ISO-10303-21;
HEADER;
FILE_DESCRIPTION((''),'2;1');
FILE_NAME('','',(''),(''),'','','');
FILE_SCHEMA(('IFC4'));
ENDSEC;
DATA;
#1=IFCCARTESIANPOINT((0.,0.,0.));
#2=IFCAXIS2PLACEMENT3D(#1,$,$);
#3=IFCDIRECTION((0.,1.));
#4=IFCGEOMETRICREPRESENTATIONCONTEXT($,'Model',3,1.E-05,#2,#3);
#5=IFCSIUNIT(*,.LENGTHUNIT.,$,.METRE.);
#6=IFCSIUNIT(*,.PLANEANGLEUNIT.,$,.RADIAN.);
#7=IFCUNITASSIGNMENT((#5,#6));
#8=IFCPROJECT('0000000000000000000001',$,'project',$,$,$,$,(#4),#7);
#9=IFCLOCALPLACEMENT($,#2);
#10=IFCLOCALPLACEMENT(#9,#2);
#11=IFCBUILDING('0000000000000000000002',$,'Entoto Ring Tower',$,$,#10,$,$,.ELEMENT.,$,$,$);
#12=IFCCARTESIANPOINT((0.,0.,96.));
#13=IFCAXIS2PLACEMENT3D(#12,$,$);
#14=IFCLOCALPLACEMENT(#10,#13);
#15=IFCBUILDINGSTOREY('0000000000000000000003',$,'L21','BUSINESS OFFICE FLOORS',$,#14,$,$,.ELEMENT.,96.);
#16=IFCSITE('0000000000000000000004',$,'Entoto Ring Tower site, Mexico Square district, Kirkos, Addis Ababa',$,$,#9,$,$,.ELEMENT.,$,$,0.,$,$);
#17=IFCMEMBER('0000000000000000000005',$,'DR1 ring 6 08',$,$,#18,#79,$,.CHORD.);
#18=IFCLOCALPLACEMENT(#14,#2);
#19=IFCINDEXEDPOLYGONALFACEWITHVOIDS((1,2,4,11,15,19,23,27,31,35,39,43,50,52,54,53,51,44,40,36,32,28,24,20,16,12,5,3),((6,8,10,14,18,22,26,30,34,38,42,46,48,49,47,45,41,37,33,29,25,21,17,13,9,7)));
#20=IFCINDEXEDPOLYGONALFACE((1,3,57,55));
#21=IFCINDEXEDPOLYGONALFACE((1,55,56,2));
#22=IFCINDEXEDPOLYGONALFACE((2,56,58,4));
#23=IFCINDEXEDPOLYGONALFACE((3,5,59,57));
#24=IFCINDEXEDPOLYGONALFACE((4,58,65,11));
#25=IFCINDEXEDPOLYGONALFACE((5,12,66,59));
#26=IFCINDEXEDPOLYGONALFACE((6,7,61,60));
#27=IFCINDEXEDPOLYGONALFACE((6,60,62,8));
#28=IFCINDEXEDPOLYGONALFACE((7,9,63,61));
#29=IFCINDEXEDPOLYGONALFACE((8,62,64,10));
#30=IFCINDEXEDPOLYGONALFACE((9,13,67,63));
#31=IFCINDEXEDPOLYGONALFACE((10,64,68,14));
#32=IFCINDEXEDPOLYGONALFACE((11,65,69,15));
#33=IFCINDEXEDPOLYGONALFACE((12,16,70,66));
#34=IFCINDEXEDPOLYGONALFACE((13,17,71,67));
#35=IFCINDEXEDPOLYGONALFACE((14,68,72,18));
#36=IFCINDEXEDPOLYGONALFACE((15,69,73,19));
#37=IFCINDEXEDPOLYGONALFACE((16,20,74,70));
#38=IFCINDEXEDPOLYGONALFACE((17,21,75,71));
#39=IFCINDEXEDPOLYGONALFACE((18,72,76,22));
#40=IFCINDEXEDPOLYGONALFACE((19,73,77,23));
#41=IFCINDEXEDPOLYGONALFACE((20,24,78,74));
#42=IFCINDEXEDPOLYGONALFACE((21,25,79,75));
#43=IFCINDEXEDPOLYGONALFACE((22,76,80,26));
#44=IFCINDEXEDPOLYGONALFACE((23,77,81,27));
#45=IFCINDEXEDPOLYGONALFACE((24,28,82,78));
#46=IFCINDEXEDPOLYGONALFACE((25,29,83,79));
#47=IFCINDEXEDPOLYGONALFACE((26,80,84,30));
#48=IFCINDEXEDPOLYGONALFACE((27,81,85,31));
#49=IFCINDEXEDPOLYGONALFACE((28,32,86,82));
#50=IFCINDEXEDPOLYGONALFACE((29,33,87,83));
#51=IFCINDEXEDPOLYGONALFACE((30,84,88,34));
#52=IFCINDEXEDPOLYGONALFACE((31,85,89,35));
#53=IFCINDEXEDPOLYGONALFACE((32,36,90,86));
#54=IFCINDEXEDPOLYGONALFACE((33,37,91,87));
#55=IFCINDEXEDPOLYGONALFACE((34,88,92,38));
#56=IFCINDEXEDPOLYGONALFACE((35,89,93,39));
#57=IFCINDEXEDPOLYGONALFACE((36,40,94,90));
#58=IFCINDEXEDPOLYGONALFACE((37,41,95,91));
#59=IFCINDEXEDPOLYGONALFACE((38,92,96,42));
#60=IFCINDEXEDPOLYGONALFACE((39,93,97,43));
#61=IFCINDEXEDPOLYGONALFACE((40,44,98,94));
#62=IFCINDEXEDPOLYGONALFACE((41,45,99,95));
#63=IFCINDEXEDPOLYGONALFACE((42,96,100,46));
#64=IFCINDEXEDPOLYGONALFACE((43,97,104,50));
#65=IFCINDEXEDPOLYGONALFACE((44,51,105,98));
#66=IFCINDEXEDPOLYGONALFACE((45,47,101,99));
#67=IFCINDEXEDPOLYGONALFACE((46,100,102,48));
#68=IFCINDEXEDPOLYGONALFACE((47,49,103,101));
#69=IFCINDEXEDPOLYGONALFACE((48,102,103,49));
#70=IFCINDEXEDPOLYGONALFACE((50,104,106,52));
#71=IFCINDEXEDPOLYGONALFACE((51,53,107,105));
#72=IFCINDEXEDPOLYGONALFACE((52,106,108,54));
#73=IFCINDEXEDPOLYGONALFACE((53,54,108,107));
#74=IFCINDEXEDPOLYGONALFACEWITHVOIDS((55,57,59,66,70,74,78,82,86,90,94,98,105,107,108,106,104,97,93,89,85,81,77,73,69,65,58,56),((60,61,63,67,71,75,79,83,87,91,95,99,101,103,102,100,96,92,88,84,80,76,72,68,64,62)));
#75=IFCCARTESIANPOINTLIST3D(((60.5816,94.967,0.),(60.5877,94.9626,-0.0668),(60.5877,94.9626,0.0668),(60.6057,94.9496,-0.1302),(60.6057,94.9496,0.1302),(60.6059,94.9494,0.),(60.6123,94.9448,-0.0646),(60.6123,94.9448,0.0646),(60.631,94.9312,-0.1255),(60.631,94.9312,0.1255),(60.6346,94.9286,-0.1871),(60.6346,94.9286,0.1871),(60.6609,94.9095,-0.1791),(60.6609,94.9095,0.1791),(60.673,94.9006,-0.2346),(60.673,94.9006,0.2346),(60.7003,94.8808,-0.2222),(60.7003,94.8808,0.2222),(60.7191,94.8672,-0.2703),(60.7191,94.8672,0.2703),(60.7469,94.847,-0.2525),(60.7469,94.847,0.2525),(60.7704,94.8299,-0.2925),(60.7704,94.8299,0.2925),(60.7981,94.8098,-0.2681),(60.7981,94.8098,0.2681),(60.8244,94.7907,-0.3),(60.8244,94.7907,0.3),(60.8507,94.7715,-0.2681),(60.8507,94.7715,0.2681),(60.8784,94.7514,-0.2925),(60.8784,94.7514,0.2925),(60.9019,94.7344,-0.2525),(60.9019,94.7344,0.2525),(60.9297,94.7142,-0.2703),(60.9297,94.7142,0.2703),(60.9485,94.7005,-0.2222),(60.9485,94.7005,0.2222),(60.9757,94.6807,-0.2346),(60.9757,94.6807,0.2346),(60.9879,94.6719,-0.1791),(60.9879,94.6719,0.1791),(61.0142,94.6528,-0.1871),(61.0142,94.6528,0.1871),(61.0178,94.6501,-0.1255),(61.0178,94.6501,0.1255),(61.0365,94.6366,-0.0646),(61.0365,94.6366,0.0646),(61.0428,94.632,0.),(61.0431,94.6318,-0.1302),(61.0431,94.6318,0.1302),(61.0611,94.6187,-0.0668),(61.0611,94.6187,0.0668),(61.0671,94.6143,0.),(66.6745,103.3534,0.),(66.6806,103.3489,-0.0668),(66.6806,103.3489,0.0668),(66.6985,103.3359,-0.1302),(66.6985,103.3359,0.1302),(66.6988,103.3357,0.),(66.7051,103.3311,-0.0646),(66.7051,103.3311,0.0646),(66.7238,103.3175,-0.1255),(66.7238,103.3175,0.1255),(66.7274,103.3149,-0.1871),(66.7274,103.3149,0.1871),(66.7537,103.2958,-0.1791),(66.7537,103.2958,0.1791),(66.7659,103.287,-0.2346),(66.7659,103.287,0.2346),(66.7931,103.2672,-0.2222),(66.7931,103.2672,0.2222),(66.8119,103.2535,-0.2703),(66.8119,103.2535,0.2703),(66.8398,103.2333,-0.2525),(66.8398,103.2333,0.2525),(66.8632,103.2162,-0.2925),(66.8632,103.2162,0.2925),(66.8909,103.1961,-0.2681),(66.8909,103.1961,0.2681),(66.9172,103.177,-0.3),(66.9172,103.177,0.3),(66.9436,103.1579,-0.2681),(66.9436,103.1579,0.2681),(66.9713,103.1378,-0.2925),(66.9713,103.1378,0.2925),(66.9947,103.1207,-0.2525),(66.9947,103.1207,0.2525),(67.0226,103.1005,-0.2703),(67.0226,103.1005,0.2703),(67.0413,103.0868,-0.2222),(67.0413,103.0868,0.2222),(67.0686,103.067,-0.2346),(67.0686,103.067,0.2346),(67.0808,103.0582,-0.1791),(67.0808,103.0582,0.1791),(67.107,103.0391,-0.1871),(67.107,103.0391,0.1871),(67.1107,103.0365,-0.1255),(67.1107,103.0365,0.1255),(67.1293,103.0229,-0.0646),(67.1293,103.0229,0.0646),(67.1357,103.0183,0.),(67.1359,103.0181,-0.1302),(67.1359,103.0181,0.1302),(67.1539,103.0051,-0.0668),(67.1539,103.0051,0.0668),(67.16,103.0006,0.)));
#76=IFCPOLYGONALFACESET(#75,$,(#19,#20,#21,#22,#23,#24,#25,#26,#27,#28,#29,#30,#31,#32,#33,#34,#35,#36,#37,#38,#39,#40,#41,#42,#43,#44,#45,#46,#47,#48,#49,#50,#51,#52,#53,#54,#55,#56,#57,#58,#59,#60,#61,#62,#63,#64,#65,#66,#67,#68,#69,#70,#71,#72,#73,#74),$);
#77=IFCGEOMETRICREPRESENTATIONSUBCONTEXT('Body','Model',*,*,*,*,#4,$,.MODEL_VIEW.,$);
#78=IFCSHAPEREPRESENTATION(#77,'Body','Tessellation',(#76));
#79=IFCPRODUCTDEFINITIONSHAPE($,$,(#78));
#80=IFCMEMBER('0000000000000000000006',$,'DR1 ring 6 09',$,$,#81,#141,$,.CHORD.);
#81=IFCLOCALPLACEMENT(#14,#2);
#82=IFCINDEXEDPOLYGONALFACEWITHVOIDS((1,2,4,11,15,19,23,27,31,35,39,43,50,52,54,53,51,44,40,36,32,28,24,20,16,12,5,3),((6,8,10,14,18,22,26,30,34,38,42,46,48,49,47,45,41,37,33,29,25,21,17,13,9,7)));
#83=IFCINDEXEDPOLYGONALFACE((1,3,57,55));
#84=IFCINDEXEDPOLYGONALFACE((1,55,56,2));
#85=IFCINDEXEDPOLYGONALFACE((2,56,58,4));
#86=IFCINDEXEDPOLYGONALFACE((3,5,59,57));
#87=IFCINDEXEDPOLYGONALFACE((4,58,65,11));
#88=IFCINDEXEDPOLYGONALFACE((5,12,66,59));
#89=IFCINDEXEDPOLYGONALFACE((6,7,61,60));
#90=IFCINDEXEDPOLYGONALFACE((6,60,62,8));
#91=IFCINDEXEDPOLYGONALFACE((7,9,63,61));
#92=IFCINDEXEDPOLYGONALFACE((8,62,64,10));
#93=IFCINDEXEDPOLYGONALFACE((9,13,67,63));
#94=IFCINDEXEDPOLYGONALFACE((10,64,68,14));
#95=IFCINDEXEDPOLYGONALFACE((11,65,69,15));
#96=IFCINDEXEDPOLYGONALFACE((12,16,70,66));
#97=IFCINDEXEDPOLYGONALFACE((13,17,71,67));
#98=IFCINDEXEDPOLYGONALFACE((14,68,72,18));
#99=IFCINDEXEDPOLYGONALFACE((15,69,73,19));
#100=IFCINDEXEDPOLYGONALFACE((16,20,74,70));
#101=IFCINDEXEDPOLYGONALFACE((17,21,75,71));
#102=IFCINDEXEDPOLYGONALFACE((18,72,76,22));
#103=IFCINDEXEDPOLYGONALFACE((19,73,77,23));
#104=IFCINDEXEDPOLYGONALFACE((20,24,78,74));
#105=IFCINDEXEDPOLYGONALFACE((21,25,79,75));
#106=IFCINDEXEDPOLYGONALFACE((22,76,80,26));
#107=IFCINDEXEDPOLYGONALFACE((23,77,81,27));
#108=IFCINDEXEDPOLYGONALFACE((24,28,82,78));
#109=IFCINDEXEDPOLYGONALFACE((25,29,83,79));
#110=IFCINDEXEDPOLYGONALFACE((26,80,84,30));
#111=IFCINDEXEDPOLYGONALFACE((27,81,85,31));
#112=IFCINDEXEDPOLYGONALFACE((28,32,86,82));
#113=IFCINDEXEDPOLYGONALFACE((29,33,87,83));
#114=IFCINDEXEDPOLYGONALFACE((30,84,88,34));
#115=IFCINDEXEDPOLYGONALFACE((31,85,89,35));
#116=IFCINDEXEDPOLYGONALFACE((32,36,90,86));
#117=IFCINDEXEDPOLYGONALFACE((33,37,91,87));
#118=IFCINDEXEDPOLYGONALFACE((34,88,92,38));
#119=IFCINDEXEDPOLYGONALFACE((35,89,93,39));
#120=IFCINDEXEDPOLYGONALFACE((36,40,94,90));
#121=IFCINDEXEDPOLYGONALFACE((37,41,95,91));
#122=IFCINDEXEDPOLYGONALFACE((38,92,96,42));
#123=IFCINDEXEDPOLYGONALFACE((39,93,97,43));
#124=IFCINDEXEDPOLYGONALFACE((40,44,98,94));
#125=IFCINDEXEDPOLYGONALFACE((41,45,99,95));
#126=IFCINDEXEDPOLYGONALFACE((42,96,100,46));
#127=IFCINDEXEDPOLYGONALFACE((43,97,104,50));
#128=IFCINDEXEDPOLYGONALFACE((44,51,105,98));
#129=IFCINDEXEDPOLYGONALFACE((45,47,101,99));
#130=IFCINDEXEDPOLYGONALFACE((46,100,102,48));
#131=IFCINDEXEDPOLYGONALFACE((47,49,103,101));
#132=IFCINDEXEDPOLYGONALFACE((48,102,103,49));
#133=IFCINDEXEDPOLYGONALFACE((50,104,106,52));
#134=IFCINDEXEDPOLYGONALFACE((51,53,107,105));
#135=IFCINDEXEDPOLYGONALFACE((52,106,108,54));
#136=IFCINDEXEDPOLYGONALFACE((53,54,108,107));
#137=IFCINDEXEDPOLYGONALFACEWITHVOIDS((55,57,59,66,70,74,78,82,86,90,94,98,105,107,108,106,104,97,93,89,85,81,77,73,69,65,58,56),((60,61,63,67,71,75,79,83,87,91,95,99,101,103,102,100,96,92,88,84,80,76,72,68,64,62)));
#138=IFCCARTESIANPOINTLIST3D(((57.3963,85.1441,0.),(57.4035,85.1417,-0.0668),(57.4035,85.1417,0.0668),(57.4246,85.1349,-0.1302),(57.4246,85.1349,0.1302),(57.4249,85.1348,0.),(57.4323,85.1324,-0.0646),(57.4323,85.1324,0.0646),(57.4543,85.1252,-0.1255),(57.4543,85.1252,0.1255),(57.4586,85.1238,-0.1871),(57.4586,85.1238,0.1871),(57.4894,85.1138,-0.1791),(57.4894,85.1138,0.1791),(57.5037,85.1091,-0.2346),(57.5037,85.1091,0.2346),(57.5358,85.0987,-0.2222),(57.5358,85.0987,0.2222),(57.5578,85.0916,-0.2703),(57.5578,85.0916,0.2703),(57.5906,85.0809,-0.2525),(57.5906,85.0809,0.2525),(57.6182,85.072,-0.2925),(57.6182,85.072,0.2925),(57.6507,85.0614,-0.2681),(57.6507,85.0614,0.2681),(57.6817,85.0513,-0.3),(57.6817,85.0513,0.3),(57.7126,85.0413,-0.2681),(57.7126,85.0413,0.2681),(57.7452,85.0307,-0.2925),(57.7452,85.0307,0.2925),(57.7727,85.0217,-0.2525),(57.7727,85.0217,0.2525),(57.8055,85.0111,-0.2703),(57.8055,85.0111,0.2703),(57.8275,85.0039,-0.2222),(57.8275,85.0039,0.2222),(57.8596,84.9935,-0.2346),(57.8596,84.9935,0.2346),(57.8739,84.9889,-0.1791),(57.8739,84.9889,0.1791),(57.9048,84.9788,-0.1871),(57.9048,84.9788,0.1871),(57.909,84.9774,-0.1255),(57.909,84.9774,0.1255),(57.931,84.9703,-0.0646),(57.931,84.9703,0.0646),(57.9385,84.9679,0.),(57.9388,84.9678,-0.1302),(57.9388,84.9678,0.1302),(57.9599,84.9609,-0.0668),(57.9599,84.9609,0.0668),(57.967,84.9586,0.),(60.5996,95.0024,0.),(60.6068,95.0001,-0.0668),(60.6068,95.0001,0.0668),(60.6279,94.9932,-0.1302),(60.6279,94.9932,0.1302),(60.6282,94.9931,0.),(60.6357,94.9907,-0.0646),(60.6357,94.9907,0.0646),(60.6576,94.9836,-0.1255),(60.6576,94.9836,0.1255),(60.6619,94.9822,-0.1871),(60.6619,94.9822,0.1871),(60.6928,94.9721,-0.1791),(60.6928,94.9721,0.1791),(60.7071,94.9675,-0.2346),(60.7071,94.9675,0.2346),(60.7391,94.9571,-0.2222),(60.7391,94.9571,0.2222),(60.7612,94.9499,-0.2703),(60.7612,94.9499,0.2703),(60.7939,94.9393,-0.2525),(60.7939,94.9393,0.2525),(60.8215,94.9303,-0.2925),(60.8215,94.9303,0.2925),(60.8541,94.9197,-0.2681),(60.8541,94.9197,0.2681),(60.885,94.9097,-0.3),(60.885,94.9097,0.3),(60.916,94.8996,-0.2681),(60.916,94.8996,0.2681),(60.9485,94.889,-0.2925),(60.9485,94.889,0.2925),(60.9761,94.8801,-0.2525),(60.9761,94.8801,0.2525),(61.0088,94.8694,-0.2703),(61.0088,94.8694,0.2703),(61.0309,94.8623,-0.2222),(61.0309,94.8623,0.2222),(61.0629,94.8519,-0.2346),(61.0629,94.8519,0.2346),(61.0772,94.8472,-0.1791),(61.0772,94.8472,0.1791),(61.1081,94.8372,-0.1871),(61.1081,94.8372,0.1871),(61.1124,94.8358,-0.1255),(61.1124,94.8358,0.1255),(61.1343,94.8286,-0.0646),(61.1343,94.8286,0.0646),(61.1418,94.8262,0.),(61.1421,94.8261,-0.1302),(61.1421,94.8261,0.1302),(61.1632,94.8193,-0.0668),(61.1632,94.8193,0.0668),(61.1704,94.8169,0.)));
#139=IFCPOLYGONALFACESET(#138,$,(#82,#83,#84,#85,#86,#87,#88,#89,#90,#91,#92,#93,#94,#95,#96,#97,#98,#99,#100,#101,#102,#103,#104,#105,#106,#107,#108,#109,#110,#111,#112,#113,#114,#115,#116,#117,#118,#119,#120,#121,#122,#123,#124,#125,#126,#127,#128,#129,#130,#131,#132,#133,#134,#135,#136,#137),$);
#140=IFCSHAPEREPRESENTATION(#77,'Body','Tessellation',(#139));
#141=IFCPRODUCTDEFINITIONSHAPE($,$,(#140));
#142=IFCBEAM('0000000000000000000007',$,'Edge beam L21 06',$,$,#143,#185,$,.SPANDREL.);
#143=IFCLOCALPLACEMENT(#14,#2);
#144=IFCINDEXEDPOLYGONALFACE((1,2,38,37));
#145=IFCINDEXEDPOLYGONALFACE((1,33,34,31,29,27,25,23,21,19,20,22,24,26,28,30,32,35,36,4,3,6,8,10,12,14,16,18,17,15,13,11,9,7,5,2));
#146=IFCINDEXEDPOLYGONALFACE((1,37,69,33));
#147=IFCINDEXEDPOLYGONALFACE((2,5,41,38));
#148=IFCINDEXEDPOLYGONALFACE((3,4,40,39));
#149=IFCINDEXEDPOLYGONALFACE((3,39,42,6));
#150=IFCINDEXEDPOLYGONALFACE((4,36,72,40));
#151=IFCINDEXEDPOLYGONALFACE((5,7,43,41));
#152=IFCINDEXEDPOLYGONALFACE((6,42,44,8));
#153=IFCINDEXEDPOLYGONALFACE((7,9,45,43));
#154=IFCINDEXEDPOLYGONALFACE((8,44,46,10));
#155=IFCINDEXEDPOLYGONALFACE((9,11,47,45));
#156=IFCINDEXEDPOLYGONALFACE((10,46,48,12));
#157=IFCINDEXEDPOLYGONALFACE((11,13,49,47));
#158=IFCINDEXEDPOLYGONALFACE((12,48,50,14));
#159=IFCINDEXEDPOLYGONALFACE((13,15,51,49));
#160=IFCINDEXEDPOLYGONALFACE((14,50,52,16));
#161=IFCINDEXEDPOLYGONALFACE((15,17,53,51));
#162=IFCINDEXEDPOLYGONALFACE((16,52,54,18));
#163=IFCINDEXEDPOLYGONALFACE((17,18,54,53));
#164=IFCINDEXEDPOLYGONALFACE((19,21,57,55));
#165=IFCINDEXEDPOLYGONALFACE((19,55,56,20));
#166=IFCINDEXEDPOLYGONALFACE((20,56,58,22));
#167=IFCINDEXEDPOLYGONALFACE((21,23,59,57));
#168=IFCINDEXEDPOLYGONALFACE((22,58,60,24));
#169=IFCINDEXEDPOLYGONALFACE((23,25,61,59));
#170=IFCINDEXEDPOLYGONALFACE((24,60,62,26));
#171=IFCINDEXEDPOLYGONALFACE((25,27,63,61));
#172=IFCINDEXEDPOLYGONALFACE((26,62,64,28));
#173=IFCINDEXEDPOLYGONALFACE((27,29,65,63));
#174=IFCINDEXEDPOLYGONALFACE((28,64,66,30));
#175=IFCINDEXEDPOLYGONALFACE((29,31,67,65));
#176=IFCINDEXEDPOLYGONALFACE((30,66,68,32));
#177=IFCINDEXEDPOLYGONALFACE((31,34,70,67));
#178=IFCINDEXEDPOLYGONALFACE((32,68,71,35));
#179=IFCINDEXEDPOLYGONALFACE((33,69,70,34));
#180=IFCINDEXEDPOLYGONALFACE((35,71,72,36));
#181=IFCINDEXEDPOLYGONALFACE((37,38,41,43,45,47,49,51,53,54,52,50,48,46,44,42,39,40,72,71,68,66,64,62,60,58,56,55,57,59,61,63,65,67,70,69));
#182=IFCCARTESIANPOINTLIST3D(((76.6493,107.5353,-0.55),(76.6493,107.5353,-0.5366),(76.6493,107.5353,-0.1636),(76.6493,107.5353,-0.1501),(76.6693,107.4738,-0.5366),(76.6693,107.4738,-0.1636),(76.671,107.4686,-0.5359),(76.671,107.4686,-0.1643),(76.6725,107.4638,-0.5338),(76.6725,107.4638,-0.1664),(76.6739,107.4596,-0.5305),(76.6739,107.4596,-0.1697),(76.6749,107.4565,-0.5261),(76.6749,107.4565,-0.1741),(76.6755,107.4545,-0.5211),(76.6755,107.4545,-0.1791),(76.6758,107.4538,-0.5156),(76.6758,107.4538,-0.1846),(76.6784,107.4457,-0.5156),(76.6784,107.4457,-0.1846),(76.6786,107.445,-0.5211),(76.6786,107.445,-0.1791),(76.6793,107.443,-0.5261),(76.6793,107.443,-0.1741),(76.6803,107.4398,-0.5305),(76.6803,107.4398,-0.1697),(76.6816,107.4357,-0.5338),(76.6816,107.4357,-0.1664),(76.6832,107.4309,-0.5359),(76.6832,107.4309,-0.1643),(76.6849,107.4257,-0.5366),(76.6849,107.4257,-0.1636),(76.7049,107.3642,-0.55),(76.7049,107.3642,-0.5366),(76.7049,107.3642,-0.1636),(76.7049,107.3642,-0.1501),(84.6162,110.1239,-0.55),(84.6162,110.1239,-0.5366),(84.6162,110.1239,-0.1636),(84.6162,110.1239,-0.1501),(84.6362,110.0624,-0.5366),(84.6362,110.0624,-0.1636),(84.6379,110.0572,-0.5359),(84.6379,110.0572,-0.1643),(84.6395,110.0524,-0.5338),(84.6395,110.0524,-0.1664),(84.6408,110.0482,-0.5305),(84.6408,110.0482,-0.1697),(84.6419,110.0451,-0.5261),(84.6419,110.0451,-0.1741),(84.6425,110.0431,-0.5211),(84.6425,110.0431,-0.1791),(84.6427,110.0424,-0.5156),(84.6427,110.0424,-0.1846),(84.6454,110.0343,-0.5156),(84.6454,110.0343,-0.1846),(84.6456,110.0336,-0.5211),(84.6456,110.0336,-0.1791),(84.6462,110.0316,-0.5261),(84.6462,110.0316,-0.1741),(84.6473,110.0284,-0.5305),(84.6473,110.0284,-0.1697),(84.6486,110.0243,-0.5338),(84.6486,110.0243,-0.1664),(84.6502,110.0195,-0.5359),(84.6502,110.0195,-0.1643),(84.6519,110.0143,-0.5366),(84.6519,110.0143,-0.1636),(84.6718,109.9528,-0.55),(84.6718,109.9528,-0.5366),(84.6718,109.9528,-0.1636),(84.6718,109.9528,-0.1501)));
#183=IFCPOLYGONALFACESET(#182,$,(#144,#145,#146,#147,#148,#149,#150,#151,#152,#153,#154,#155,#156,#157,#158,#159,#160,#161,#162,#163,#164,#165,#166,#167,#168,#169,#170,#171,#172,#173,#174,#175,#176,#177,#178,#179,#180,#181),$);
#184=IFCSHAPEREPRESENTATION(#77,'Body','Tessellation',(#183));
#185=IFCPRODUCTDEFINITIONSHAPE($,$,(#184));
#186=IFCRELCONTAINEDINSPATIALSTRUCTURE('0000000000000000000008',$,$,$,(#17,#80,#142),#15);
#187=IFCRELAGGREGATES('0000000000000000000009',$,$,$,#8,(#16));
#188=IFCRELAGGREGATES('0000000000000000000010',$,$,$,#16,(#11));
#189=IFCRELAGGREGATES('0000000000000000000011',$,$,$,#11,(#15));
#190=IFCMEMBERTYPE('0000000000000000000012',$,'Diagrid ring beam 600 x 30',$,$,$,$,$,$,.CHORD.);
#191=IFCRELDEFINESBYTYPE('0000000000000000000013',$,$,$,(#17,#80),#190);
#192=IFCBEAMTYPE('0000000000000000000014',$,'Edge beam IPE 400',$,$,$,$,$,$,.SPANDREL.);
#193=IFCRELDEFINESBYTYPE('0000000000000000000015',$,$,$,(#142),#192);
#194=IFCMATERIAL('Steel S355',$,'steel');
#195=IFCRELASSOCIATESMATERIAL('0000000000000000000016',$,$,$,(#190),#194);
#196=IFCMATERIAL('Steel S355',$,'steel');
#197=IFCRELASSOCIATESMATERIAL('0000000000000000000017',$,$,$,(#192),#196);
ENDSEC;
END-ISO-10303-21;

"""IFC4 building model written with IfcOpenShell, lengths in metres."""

from ifc_helpers import new_model, si_unit, direction, frame, origin, origin_2d, place, context, subcontext, project, spatial, circle, hollow_circle, i_section, extrude, material, material_profile, profile_set, type_object, element, save


model = new_model("IFC4")

# Units and contexts
model_context = context("Model", 3, precision=1e-05, world=origin(), true_north=direction((0.0, 1.0)))
body_context = subcontext(model_context, "Body", "Model", "MODEL_VIEW")
ifc_project = project(units=[si_unit("LENGTHUNIT", "METRE"), si_unit("PLANEANGLEUNIT", "RADIAN")], contexts=[model_context])

# Site, building, storey
site_placement = place(None, origin())
site = spatial("IfcSite", under=ifc_project, at=site_placement, Name="Entoto Ring Tower site, Mexico Square district, Kirkos, Addis Ababa", CompositionType="ELEMENT", RefElevation=0.0)
building_placement = place(site_placement, origin())
building = spatial("IfcBuilding", under=site, at=building_placement, Name="Entoto Ring Tower", CompositionType="ELEMENT")
storey_placement = place(building_placement, frame((0.0, 0.0, 96.0)))
storey = spatial("IfcBuildingStorey", under=building, at=storey_placement, Name="L21", Description="BUSINESS OFFICE FLOORS", CompositionType="ELEMENT", Elevation=96.0)

# Members
ifc_material_1 = material(Name="Steel S355", Category="steel")
ifc_material_profile_1 = material_profile(ifc_material_1, hollow_circle(Radius=0.3, WallThickness=0.03, at=origin_2d()), Name="CHS 600 x 30")
ifc_material_2 = material(Name="Concrete C60/75", Category="concrete")
ifc_material_profile_2 = material_profile(ifc_material_2, circle(Radius=0.27, at=origin_2d()), Name="Concrete C60/75 infill")
ifc_profile_set_1 = profile_set([ifc_material_profile_1, ifc_material_profile_2], Name="Steel S355")
member_type_1 = type_object("IfcMemberType", Name="Diagrid ring beam 600 x 30", PredefinedType="CHORD", material=ifc_profile_set_1)
for number, where, z_axis, x_axis, name in (
    (1, (66.9172, 103.177, 0.0), (-0.587774, -0.809025, 0.0), (0.809025, -0.587774, 0.0), "DR1 ring 6 08"),
):
    element("IfcMember", number, at=place(storey_placement, frame(where, z_axis=z_axis, x_axis=x_axis)), inside=storey, type_object=member_type_1, Name=name, PredefinedType="CHORD", context=body_context, shape_type="SweptSolid", body=[
        extrude(hollow_circle(Radius=0.3, WallThickness=0.03, at=origin_2d()), origin(), (0.0, 0.0, 1.0), 10.366),
    ])
member_placement = place(storey_placement, frame((60.885, 94.9097, 0.0), z_axis=(-0.309033, -0.951051, 0.0), x_axis=(0.951051, -0.309033, 0.0)))
element("IfcMember", 2, at=member_placement, inside=storey, type_object=member_type_1, Name="DR1 ring 6 09", PredefinedType="CHORD", context=body_context, shape_type="SweptSolid", body=[
    extrude(hollow_circle(Radius=0.3, WallThickness=0.03, at=origin_2d()), origin(), (0.0, 0.0, 1.0), 10.3657),
])

# Beam
ifc_material_3 = material(Name="Steel S355", Category="steel")
ifc_material_profile_3 = material_profile(ifc_material_3, i_section(OverallWidth=0.1799, OverallDepth=0.3999, WebThickness=0.0085, FlangeThickness=0.0134, FilletRadius=0.021, at=origin_2d()), Name="IPE 400")
ifc_profile_set_2 = profile_set([ifc_material_profile_3], Name="Steel S355")
beam_type_1 = type_object("IfcBeamType", Name="Edge beam IPE 400", PredefinedType="SPANDREL", material=ifc_profile_set_2)
for number, where, z_axis, x_axis, name in (
    (3, (84.644, 110.0383, -0.3501), (-0.951057, -0.309014, 0.0), (0.309014, -0.951057, 0.0), "Edge beam L21 06"),
):
    element("IfcBeam", number, at=place(storey_placement, frame(where, z_axis=z_axis, x_axis=x_axis)), inside=storey, type_object=beam_type_1, Name=name, PredefinedType="SPANDREL", context=body_context, shape_type="SweptSolid", body=[
        extrude(i_section(OverallWidth=0.1799, OverallDepth=0.3999, WebThickness=0.0085, FlangeThickness=0.0134, FilletRadius=0.021, at=origin_2d()), origin(), (0.0, 0.0, 1.0), 8.377),
    ])

save(model, "model.ifc")
